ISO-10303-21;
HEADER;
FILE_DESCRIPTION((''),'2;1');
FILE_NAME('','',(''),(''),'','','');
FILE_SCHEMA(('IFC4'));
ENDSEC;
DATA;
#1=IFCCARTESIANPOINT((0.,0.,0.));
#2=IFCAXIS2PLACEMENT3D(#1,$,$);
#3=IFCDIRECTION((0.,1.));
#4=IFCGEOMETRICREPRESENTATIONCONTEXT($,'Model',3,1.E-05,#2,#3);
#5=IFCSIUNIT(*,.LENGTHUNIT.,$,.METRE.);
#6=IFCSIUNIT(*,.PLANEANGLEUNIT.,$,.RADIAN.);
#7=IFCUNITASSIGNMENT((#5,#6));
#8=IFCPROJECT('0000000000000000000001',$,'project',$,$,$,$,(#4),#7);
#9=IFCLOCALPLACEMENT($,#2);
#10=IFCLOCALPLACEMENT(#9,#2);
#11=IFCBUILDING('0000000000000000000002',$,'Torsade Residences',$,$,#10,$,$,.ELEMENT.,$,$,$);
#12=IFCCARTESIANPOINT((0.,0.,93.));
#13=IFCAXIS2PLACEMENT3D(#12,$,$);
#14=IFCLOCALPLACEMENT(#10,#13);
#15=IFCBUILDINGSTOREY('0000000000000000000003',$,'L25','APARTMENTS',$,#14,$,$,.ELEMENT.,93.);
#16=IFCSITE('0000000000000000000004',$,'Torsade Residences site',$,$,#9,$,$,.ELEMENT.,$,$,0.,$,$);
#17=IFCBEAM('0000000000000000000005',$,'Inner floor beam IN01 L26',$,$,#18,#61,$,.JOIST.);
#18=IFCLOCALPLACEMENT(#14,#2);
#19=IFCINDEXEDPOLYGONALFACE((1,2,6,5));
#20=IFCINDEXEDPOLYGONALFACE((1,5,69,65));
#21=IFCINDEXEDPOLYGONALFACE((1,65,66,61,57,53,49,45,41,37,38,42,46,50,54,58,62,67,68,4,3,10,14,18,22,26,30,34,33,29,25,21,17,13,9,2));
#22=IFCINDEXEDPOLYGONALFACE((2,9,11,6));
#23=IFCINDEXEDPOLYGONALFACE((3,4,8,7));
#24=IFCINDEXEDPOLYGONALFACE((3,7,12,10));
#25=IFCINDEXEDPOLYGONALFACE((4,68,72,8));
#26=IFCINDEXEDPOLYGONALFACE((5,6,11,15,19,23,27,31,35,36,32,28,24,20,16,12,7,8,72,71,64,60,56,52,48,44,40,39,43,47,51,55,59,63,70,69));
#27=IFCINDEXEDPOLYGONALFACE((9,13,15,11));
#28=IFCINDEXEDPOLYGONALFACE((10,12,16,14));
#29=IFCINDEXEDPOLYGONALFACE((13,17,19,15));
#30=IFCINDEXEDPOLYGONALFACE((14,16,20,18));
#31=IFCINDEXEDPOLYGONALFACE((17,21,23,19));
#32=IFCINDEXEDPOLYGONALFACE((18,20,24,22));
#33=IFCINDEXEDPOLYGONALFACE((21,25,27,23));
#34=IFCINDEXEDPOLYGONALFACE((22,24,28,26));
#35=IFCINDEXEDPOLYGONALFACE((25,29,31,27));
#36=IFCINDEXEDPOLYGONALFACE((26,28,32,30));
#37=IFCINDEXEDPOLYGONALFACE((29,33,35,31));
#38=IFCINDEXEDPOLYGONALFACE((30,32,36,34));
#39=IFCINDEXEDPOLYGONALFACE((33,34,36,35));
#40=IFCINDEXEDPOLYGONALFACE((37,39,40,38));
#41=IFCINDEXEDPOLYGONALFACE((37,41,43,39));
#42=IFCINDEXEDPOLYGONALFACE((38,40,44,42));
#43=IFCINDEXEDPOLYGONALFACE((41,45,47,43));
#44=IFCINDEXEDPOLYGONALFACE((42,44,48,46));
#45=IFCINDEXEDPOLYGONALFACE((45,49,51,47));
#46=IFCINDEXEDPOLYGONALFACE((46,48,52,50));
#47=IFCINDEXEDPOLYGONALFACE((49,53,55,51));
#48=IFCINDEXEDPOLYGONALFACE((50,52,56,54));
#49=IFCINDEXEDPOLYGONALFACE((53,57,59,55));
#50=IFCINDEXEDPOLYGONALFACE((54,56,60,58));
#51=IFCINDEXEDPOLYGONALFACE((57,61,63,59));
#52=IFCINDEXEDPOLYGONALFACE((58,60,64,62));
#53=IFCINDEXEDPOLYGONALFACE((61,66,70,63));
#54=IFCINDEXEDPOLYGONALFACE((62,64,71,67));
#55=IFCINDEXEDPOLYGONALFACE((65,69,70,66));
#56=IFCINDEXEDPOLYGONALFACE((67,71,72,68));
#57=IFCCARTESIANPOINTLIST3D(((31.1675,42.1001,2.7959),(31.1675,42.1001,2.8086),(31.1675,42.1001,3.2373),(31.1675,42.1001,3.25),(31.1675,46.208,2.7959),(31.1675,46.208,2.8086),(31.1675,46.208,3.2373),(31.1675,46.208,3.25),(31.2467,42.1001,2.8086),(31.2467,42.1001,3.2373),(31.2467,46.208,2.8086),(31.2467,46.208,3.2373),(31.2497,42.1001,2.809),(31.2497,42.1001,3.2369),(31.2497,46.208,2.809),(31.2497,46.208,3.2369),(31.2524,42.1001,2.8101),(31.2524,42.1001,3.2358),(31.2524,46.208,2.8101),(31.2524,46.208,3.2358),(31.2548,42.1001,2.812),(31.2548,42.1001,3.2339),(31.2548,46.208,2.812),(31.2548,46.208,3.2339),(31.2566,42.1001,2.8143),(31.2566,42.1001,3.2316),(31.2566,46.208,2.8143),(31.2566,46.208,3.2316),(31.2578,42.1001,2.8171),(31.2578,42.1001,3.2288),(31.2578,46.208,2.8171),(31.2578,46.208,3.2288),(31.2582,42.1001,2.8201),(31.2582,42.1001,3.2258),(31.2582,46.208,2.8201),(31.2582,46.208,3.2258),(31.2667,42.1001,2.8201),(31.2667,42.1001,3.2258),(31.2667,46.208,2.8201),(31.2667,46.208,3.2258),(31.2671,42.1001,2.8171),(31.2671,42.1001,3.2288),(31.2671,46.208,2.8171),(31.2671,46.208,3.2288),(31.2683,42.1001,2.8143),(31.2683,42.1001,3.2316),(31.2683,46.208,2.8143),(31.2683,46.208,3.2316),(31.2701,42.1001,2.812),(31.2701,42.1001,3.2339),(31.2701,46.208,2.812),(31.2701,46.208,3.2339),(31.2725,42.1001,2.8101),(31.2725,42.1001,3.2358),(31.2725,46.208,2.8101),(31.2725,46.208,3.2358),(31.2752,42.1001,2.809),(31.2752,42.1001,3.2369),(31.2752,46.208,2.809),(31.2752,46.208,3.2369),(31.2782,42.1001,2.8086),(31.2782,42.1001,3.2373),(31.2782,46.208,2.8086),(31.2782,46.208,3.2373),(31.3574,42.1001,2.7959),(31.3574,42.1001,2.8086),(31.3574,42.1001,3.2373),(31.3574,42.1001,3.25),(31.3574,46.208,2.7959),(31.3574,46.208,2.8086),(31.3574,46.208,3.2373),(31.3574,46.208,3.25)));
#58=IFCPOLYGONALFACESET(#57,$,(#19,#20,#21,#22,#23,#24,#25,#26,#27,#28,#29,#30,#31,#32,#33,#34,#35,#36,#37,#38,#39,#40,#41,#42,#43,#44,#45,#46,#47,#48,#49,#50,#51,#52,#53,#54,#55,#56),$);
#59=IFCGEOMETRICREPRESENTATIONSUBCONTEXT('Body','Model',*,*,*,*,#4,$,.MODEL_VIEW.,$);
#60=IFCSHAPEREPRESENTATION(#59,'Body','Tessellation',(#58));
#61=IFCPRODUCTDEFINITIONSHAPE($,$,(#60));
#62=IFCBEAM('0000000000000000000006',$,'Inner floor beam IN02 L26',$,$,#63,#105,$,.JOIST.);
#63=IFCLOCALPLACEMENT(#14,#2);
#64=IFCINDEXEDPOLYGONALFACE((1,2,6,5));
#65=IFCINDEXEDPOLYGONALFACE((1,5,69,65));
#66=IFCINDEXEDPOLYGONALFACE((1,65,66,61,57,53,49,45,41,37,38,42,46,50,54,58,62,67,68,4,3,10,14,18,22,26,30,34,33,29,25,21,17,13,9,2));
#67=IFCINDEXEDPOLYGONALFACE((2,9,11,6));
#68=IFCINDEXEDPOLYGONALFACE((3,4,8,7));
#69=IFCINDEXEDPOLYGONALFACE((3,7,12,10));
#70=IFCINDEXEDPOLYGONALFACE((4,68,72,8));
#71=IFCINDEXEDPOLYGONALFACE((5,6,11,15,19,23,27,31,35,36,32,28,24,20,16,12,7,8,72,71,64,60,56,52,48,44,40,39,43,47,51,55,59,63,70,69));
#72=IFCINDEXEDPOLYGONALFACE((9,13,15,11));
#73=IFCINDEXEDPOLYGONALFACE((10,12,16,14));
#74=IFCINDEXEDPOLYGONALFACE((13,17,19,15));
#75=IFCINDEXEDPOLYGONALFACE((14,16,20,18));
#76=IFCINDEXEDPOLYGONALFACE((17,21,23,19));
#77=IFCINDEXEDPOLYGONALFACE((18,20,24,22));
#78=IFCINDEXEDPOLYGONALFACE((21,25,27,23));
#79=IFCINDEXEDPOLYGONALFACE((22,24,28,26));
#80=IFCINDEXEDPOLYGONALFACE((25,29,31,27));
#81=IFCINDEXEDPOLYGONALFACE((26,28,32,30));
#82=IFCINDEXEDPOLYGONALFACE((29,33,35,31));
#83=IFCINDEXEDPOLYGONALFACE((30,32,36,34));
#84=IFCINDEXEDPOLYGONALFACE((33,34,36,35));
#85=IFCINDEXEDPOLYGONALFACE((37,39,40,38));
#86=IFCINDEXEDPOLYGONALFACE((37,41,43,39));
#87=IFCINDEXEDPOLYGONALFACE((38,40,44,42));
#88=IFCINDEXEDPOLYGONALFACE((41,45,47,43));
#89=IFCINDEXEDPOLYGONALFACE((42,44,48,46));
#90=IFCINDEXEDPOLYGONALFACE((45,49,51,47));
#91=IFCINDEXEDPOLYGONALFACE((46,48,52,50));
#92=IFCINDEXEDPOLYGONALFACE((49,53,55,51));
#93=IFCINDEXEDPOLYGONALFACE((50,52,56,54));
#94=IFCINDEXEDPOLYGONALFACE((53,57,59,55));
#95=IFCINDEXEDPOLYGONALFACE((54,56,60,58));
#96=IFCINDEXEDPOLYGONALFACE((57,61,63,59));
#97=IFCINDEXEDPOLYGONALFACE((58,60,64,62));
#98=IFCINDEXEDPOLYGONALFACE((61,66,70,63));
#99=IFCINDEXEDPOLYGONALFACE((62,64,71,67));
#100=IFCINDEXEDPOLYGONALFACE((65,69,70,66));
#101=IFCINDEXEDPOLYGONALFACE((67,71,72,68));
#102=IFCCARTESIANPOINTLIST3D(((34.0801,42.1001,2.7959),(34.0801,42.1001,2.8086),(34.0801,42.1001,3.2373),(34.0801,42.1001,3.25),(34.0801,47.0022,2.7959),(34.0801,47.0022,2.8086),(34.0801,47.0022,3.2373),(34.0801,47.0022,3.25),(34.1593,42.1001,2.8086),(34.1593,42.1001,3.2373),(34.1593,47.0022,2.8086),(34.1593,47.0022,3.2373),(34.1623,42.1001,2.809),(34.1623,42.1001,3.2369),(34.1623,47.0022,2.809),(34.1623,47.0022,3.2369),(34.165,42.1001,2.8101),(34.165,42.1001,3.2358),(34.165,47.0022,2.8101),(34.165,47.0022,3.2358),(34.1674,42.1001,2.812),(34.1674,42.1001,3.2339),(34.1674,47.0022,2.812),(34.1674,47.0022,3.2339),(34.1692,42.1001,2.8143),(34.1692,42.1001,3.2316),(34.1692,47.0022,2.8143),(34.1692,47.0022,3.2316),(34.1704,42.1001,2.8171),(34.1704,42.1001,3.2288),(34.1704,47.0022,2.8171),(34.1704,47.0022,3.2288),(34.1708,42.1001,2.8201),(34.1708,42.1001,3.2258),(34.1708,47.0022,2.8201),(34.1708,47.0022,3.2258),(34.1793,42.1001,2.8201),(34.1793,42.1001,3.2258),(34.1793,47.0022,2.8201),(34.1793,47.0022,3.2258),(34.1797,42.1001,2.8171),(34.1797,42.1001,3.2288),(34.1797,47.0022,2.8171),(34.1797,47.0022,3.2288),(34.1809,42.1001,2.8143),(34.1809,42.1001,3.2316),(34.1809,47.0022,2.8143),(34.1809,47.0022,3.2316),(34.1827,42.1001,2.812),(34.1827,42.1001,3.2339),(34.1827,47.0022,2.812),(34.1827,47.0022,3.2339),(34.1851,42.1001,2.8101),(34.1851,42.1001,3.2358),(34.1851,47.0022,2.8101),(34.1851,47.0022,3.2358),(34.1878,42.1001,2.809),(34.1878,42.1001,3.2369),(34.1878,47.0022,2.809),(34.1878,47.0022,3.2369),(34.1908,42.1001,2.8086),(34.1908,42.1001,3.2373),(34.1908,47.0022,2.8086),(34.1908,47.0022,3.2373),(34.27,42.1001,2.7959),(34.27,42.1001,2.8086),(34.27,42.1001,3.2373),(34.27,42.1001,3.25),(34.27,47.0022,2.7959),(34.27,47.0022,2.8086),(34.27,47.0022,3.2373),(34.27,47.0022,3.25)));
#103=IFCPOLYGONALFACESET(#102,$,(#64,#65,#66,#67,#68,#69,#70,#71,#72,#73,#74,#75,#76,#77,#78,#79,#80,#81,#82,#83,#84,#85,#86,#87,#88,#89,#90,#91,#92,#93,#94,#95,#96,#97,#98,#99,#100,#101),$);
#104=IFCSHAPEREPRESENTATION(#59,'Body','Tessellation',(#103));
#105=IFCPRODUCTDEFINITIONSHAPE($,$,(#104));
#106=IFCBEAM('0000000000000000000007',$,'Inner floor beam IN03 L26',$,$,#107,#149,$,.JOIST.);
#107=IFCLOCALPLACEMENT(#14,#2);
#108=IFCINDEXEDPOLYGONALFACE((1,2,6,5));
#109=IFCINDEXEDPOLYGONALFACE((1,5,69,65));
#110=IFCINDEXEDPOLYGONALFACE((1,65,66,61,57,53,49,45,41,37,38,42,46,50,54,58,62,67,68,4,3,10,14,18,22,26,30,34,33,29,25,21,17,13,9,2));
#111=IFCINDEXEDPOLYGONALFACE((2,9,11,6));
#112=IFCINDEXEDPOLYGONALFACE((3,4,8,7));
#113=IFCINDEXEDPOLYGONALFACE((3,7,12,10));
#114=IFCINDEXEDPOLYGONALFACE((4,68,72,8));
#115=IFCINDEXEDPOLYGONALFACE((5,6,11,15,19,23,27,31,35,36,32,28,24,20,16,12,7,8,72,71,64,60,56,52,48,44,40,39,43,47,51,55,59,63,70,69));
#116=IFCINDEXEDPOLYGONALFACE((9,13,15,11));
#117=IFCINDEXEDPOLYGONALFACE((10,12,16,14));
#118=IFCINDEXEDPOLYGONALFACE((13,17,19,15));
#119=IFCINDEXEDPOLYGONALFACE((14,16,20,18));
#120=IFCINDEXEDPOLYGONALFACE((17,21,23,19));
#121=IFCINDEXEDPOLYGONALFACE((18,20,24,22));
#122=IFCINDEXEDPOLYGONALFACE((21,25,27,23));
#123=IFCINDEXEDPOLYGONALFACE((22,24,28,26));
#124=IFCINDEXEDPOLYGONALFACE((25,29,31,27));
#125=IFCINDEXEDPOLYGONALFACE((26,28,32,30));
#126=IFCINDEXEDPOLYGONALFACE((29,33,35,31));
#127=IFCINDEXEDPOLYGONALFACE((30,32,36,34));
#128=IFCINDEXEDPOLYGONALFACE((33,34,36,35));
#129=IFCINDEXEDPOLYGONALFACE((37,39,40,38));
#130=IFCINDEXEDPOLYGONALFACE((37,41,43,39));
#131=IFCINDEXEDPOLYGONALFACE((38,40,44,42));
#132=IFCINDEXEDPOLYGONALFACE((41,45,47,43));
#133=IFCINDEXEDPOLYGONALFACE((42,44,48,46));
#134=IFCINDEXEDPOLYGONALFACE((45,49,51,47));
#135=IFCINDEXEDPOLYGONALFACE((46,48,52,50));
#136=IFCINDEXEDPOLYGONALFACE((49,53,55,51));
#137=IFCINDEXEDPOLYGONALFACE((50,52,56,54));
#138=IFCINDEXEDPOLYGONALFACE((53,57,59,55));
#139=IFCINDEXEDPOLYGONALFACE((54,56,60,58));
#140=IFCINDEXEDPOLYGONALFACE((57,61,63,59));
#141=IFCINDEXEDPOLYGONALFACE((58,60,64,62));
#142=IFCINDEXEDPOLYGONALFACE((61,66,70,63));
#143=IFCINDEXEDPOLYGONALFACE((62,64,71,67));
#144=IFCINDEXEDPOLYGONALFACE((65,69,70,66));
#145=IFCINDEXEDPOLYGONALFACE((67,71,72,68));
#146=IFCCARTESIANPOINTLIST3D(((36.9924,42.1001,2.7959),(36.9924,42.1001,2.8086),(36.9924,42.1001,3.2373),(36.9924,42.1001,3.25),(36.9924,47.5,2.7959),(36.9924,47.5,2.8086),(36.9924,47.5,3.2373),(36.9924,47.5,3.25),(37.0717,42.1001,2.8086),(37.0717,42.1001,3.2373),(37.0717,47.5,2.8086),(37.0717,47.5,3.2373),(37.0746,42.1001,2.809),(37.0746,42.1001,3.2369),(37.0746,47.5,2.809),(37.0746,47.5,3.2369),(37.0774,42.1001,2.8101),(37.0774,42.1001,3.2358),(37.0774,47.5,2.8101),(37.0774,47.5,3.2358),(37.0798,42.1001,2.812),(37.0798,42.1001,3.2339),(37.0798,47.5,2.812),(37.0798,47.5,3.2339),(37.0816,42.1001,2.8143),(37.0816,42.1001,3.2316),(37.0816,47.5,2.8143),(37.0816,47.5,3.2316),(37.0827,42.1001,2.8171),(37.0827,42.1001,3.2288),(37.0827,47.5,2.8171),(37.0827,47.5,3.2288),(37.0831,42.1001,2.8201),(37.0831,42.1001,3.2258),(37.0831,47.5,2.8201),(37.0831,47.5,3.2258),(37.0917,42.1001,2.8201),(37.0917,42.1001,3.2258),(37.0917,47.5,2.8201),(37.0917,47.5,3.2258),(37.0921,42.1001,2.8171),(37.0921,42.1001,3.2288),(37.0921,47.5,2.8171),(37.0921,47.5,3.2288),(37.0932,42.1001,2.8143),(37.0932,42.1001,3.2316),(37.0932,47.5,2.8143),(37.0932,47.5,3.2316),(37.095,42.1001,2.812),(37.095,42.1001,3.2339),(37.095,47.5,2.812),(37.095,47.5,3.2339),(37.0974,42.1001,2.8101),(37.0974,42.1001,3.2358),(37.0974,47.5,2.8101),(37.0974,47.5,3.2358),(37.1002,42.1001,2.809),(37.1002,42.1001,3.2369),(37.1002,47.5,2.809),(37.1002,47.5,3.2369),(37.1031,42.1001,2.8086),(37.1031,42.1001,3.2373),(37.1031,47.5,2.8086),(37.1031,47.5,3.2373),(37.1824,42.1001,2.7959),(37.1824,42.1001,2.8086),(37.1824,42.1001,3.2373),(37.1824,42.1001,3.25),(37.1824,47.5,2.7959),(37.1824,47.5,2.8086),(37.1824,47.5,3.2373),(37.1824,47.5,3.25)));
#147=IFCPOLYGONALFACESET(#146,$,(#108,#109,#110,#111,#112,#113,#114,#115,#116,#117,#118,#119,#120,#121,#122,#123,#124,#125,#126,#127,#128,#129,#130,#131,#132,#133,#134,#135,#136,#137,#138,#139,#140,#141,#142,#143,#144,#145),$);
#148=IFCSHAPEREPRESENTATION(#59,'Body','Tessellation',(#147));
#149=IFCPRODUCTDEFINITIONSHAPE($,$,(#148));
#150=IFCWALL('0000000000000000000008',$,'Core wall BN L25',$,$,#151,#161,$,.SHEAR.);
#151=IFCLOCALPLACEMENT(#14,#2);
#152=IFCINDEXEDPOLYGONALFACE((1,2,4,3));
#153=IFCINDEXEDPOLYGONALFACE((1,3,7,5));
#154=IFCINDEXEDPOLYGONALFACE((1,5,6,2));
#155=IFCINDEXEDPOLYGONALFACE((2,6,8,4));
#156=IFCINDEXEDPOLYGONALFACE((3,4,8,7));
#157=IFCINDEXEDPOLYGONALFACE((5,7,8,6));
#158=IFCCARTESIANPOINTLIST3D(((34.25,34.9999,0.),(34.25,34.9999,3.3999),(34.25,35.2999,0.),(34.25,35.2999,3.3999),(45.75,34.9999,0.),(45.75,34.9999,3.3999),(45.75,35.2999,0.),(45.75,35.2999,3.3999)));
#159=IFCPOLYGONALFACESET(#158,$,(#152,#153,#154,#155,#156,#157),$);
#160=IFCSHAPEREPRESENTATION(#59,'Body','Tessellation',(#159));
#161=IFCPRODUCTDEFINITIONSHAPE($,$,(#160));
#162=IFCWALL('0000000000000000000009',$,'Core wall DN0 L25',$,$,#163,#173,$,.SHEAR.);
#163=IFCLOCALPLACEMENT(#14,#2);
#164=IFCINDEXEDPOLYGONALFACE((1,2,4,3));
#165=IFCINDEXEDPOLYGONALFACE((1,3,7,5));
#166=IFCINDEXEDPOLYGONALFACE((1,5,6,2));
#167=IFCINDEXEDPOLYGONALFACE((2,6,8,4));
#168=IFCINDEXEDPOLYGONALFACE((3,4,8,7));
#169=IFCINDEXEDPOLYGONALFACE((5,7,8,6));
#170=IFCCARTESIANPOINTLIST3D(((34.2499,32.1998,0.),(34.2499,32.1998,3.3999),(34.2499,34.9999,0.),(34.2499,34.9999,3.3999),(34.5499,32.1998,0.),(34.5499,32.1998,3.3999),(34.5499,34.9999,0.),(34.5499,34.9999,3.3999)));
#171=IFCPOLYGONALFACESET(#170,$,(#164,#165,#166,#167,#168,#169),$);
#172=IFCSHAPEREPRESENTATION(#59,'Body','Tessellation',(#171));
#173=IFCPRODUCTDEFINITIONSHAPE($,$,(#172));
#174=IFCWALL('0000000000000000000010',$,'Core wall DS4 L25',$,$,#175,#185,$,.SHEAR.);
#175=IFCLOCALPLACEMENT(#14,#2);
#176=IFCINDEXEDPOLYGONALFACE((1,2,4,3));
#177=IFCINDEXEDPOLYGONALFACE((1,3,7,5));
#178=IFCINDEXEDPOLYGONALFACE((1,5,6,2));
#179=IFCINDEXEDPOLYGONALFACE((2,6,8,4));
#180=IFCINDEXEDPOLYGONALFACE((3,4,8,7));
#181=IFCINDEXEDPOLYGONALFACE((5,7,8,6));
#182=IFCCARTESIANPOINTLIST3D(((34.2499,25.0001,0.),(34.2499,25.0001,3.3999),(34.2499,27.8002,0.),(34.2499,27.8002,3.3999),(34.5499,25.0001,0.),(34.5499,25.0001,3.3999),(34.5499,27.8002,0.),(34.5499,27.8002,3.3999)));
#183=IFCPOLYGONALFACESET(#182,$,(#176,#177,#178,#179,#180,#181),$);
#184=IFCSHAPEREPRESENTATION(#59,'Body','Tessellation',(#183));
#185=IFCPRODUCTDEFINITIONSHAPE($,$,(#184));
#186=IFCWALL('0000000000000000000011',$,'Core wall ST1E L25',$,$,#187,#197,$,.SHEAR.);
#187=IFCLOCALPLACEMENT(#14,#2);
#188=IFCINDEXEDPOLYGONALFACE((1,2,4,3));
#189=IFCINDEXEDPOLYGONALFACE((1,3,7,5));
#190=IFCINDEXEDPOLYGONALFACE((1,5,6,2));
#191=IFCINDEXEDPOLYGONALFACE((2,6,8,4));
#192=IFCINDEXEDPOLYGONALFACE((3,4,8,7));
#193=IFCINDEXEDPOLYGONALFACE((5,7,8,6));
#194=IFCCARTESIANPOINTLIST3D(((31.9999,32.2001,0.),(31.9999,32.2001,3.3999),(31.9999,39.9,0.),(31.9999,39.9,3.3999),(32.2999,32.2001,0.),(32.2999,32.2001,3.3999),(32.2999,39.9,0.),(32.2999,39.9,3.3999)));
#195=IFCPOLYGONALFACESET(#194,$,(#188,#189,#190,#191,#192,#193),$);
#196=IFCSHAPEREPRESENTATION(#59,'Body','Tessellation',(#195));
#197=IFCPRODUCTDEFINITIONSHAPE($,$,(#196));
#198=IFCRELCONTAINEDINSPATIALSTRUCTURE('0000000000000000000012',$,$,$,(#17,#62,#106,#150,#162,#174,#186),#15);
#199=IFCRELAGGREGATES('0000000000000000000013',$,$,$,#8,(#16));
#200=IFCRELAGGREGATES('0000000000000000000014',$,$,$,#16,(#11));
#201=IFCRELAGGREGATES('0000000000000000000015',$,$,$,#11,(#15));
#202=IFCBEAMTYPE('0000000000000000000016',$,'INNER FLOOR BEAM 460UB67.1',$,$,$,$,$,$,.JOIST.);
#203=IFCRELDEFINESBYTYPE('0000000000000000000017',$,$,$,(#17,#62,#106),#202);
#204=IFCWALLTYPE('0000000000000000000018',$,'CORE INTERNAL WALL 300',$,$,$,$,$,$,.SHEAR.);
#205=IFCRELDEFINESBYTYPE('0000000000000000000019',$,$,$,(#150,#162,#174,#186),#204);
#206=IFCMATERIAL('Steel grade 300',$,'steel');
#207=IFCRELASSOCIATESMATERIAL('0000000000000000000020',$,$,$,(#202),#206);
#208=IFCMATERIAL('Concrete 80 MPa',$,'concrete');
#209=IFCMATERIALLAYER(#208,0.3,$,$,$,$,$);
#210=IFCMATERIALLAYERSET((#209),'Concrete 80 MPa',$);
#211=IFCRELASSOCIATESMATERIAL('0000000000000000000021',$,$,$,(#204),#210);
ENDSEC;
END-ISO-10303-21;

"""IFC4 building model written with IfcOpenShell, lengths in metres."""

from ifc_helpers import new_model, si_unit, direction, frame, frame_2d, origin, origin_2d, place, context, subcontext, project, spatial, rectangle, i_section, extrude, material, layer, layer_set, material_profile, profile_set, type_object, element, save


model = new_model("IFC4")

# Units and contexts
model_context = context("Model", 3, precision=1e-05, world=origin(), true_north=direction((0.0, 1.0)))
body_context = subcontext(model_context, "Body", "Model", "MODEL_VIEW")
ifc_project = project(units=[si_unit("LENGTHUNIT", "METRE"), si_unit("PLANEANGLEUNIT", "RADIAN")], contexts=[model_context])

# Site, building, storey
site_placement = place(None, origin())
site = spatial("IfcSite", under=ifc_project, at=site_placement, Name="Torsade Residences site", CompositionType="ELEMENT", RefElevation=0.0)
building_placement = place(site_placement, origin())
building = spatial("IfcBuilding", under=site, at=building_placement, Name="Torsade Residences", CompositionType="ELEMENT")
storey_placement = place(building_placement, frame((0.0, 0.0, 93.0)))
storey = spatial("IfcBuildingStorey", under=building, at=storey_placement, Name="L25", Description="APARTMENTS", CompositionType="ELEMENT", Elevation=93.0)

# Beams
ifc_material_1 = material(Name="Steel grade 300", Category="steel")
ifc_material_profile = material_profile(ifc_material_1, i_section(OverallWidth=0.1899, OverallDepth=0.4541, WebThickness=0.0085, FlangeThickness=0.0127, FilletRadius=0.0115, at=origin_2d()), Name="460UB67.1")
ifc_profile_set = profile_set([ifc_material_profile], Name="Steel grade 300")
beam_type = type_object("IfcBeamType", Name="INNER FLOOR BEAM 460UB67.1", PredefinedType="JOIST", material=ifc_profile_set)
beam_1_placement = place(storey_placement, frame((31.2625, 42.1001, 3.0229), z_axis=(0.0, 1.0, 0.0), x_axis=(-1.0, 0.0, 0.0)))
element("IfcBeam", 1, at=beam_1_placement, inside=storey, type_object=beam_type, Name="Inner floor beam IN01 L26", PredefinedType="JOIST", context=body_context, shape_type="SweptSolid", body=[
    extrude(i_section(OverallWidth=0.1899, OverallDepth=0.4541, WebThickness=0.0085, FlangeThickness=0.0127, FilletRadius=0.0115, at=origin_2d()), origin(), (0.0, 0.0, 1.0), 4.1079),
])
beam_2_placement = place(storey_placement, frame((34.175, 42.1001, 3.0229), z_axis=(0.0, 1.0, 0.0), x_axis=(-1.0, 0.0, 0.0)))
element("IfcBeam", 2, at=beam_2_placement, inside=storey, type_object=beam_type, Name="Inner floor beam IN02 L26", PredefinedType="JOIST", context=body_context, shape_type="SweptSolid", body=[
    extrude(i_section(OverallWidth=0.1899, OverallDepth=0.4541, WebThickness=0.0085, FlangeThickness=0.0127, FilletRadius=0.0115, at=origin_2d()), origin(), (0.0, 0.0, 1.0), 4.9021),
])
beam_3_placement = place(storey_placement, frame((37.0874, 42.1001, 3.0229), z_axis=(0.0, 1.0, 0.0), x_axis=(-1.0, 0.0, 0.0)))
element("IfcBeam", 3, at=beam_3_placement, inside=storey, type_object=beam_type, Name="Inner floor beam IN03 L26", PredefinedType="JOIST", context=body_context, shape_type="SweptSolid", body=[
    extrude(i_section(OverallWidth=0.1899, OverallDepth=0.4541, WebThickness=0.0085, FlangeThickness=0.0127, FilletRadius=0.0115, at=origin_2d()), origin(), (0.0, 0.0, 1.0), 5.3999),
])

# Walls
ifc_material_2 = material(Name="Concrete 80 MPa", Category="concrete")
ifc_layer_1 = layer(ifc_material_2, 0.3)
ifc_layer_set_1 = layer_set([ifc_layer_1], Name="Concrete 80 MPa")
wall_type_1 = type_object("IfcWallType", Name="CORE INTERNAL WALL 300", PredefinedType="SHEAR", material=ifc_layer_set_1)
wall_1_placement = place(storey_placement, frame((34.25, 35.1499, 0.0), z_axis=(0.0, 0.0, 1.0), x_axis=(1.0, 0.0, 0.0)))
element("IfcWall", 4, at=wall_1_placement, inside=storey, type_object=wall_type_1, Name="Core wall BN L25", PredefinedType="SHEAR", context=body_context, shape_type="SweptSolid", body=[
    extrude(rectangle(XDim=11.5, YDim=0.3, at=frame_2d((5.75, 0.0))), origin(), (0.0, 0.0, 1.0), 3.3999),
])
for number, where, z_axis, x_axis, name in (
    (5, (34.3999, 32.2, 0.0), (0.0, 0.0, 1.0), (0.0, 1.0, 0.0), "Core wall DN0 L25"),
    (6, (34.3999, 27.8, 0.0), (0.0, 0.0, 1.0), (0.0, -1.0, 0.0), "Core wall DS4 L25"),
):
    element("IfcWall", number, at=place(storey_placement, frame(where, z_axis=z_axis, x_axis=x_axis)), inside=storey, type_object=wall_type_1, Name=name, PredefinedType="SHEAR", context=body_context, shape_type="SweptSolid", body=[
        extrude(rectangle(XDim=2.8, YDim=0.3, at=frame_2d((1.3999, 0.0))), origin(), (0.0, 0.0, 1.0), 3.3999),
    ])
wall_2_placement = place(storey_placement, frame((32.1499, 32.2, 0.0), z_axis=(0.0, 0.0, 1.0), x_axis=(0.0, 1.0, 0.0)))
element("IfcWall", 7, at=wall_2_placement, inside=storey, type_object=wall_type_1, Name="Core wall ST1E L25", PredefinedType="SHEAR", context=body_context, shape_type="SweptSolid", body=[
    extrude(rectangle(XDim=7.7, YDim=0.3, at=frame_2d((3.8501, 0.0))), origin(), (0.0, 0.0, 1.0), 3.3999),
])

save(model, "model.ifc")
